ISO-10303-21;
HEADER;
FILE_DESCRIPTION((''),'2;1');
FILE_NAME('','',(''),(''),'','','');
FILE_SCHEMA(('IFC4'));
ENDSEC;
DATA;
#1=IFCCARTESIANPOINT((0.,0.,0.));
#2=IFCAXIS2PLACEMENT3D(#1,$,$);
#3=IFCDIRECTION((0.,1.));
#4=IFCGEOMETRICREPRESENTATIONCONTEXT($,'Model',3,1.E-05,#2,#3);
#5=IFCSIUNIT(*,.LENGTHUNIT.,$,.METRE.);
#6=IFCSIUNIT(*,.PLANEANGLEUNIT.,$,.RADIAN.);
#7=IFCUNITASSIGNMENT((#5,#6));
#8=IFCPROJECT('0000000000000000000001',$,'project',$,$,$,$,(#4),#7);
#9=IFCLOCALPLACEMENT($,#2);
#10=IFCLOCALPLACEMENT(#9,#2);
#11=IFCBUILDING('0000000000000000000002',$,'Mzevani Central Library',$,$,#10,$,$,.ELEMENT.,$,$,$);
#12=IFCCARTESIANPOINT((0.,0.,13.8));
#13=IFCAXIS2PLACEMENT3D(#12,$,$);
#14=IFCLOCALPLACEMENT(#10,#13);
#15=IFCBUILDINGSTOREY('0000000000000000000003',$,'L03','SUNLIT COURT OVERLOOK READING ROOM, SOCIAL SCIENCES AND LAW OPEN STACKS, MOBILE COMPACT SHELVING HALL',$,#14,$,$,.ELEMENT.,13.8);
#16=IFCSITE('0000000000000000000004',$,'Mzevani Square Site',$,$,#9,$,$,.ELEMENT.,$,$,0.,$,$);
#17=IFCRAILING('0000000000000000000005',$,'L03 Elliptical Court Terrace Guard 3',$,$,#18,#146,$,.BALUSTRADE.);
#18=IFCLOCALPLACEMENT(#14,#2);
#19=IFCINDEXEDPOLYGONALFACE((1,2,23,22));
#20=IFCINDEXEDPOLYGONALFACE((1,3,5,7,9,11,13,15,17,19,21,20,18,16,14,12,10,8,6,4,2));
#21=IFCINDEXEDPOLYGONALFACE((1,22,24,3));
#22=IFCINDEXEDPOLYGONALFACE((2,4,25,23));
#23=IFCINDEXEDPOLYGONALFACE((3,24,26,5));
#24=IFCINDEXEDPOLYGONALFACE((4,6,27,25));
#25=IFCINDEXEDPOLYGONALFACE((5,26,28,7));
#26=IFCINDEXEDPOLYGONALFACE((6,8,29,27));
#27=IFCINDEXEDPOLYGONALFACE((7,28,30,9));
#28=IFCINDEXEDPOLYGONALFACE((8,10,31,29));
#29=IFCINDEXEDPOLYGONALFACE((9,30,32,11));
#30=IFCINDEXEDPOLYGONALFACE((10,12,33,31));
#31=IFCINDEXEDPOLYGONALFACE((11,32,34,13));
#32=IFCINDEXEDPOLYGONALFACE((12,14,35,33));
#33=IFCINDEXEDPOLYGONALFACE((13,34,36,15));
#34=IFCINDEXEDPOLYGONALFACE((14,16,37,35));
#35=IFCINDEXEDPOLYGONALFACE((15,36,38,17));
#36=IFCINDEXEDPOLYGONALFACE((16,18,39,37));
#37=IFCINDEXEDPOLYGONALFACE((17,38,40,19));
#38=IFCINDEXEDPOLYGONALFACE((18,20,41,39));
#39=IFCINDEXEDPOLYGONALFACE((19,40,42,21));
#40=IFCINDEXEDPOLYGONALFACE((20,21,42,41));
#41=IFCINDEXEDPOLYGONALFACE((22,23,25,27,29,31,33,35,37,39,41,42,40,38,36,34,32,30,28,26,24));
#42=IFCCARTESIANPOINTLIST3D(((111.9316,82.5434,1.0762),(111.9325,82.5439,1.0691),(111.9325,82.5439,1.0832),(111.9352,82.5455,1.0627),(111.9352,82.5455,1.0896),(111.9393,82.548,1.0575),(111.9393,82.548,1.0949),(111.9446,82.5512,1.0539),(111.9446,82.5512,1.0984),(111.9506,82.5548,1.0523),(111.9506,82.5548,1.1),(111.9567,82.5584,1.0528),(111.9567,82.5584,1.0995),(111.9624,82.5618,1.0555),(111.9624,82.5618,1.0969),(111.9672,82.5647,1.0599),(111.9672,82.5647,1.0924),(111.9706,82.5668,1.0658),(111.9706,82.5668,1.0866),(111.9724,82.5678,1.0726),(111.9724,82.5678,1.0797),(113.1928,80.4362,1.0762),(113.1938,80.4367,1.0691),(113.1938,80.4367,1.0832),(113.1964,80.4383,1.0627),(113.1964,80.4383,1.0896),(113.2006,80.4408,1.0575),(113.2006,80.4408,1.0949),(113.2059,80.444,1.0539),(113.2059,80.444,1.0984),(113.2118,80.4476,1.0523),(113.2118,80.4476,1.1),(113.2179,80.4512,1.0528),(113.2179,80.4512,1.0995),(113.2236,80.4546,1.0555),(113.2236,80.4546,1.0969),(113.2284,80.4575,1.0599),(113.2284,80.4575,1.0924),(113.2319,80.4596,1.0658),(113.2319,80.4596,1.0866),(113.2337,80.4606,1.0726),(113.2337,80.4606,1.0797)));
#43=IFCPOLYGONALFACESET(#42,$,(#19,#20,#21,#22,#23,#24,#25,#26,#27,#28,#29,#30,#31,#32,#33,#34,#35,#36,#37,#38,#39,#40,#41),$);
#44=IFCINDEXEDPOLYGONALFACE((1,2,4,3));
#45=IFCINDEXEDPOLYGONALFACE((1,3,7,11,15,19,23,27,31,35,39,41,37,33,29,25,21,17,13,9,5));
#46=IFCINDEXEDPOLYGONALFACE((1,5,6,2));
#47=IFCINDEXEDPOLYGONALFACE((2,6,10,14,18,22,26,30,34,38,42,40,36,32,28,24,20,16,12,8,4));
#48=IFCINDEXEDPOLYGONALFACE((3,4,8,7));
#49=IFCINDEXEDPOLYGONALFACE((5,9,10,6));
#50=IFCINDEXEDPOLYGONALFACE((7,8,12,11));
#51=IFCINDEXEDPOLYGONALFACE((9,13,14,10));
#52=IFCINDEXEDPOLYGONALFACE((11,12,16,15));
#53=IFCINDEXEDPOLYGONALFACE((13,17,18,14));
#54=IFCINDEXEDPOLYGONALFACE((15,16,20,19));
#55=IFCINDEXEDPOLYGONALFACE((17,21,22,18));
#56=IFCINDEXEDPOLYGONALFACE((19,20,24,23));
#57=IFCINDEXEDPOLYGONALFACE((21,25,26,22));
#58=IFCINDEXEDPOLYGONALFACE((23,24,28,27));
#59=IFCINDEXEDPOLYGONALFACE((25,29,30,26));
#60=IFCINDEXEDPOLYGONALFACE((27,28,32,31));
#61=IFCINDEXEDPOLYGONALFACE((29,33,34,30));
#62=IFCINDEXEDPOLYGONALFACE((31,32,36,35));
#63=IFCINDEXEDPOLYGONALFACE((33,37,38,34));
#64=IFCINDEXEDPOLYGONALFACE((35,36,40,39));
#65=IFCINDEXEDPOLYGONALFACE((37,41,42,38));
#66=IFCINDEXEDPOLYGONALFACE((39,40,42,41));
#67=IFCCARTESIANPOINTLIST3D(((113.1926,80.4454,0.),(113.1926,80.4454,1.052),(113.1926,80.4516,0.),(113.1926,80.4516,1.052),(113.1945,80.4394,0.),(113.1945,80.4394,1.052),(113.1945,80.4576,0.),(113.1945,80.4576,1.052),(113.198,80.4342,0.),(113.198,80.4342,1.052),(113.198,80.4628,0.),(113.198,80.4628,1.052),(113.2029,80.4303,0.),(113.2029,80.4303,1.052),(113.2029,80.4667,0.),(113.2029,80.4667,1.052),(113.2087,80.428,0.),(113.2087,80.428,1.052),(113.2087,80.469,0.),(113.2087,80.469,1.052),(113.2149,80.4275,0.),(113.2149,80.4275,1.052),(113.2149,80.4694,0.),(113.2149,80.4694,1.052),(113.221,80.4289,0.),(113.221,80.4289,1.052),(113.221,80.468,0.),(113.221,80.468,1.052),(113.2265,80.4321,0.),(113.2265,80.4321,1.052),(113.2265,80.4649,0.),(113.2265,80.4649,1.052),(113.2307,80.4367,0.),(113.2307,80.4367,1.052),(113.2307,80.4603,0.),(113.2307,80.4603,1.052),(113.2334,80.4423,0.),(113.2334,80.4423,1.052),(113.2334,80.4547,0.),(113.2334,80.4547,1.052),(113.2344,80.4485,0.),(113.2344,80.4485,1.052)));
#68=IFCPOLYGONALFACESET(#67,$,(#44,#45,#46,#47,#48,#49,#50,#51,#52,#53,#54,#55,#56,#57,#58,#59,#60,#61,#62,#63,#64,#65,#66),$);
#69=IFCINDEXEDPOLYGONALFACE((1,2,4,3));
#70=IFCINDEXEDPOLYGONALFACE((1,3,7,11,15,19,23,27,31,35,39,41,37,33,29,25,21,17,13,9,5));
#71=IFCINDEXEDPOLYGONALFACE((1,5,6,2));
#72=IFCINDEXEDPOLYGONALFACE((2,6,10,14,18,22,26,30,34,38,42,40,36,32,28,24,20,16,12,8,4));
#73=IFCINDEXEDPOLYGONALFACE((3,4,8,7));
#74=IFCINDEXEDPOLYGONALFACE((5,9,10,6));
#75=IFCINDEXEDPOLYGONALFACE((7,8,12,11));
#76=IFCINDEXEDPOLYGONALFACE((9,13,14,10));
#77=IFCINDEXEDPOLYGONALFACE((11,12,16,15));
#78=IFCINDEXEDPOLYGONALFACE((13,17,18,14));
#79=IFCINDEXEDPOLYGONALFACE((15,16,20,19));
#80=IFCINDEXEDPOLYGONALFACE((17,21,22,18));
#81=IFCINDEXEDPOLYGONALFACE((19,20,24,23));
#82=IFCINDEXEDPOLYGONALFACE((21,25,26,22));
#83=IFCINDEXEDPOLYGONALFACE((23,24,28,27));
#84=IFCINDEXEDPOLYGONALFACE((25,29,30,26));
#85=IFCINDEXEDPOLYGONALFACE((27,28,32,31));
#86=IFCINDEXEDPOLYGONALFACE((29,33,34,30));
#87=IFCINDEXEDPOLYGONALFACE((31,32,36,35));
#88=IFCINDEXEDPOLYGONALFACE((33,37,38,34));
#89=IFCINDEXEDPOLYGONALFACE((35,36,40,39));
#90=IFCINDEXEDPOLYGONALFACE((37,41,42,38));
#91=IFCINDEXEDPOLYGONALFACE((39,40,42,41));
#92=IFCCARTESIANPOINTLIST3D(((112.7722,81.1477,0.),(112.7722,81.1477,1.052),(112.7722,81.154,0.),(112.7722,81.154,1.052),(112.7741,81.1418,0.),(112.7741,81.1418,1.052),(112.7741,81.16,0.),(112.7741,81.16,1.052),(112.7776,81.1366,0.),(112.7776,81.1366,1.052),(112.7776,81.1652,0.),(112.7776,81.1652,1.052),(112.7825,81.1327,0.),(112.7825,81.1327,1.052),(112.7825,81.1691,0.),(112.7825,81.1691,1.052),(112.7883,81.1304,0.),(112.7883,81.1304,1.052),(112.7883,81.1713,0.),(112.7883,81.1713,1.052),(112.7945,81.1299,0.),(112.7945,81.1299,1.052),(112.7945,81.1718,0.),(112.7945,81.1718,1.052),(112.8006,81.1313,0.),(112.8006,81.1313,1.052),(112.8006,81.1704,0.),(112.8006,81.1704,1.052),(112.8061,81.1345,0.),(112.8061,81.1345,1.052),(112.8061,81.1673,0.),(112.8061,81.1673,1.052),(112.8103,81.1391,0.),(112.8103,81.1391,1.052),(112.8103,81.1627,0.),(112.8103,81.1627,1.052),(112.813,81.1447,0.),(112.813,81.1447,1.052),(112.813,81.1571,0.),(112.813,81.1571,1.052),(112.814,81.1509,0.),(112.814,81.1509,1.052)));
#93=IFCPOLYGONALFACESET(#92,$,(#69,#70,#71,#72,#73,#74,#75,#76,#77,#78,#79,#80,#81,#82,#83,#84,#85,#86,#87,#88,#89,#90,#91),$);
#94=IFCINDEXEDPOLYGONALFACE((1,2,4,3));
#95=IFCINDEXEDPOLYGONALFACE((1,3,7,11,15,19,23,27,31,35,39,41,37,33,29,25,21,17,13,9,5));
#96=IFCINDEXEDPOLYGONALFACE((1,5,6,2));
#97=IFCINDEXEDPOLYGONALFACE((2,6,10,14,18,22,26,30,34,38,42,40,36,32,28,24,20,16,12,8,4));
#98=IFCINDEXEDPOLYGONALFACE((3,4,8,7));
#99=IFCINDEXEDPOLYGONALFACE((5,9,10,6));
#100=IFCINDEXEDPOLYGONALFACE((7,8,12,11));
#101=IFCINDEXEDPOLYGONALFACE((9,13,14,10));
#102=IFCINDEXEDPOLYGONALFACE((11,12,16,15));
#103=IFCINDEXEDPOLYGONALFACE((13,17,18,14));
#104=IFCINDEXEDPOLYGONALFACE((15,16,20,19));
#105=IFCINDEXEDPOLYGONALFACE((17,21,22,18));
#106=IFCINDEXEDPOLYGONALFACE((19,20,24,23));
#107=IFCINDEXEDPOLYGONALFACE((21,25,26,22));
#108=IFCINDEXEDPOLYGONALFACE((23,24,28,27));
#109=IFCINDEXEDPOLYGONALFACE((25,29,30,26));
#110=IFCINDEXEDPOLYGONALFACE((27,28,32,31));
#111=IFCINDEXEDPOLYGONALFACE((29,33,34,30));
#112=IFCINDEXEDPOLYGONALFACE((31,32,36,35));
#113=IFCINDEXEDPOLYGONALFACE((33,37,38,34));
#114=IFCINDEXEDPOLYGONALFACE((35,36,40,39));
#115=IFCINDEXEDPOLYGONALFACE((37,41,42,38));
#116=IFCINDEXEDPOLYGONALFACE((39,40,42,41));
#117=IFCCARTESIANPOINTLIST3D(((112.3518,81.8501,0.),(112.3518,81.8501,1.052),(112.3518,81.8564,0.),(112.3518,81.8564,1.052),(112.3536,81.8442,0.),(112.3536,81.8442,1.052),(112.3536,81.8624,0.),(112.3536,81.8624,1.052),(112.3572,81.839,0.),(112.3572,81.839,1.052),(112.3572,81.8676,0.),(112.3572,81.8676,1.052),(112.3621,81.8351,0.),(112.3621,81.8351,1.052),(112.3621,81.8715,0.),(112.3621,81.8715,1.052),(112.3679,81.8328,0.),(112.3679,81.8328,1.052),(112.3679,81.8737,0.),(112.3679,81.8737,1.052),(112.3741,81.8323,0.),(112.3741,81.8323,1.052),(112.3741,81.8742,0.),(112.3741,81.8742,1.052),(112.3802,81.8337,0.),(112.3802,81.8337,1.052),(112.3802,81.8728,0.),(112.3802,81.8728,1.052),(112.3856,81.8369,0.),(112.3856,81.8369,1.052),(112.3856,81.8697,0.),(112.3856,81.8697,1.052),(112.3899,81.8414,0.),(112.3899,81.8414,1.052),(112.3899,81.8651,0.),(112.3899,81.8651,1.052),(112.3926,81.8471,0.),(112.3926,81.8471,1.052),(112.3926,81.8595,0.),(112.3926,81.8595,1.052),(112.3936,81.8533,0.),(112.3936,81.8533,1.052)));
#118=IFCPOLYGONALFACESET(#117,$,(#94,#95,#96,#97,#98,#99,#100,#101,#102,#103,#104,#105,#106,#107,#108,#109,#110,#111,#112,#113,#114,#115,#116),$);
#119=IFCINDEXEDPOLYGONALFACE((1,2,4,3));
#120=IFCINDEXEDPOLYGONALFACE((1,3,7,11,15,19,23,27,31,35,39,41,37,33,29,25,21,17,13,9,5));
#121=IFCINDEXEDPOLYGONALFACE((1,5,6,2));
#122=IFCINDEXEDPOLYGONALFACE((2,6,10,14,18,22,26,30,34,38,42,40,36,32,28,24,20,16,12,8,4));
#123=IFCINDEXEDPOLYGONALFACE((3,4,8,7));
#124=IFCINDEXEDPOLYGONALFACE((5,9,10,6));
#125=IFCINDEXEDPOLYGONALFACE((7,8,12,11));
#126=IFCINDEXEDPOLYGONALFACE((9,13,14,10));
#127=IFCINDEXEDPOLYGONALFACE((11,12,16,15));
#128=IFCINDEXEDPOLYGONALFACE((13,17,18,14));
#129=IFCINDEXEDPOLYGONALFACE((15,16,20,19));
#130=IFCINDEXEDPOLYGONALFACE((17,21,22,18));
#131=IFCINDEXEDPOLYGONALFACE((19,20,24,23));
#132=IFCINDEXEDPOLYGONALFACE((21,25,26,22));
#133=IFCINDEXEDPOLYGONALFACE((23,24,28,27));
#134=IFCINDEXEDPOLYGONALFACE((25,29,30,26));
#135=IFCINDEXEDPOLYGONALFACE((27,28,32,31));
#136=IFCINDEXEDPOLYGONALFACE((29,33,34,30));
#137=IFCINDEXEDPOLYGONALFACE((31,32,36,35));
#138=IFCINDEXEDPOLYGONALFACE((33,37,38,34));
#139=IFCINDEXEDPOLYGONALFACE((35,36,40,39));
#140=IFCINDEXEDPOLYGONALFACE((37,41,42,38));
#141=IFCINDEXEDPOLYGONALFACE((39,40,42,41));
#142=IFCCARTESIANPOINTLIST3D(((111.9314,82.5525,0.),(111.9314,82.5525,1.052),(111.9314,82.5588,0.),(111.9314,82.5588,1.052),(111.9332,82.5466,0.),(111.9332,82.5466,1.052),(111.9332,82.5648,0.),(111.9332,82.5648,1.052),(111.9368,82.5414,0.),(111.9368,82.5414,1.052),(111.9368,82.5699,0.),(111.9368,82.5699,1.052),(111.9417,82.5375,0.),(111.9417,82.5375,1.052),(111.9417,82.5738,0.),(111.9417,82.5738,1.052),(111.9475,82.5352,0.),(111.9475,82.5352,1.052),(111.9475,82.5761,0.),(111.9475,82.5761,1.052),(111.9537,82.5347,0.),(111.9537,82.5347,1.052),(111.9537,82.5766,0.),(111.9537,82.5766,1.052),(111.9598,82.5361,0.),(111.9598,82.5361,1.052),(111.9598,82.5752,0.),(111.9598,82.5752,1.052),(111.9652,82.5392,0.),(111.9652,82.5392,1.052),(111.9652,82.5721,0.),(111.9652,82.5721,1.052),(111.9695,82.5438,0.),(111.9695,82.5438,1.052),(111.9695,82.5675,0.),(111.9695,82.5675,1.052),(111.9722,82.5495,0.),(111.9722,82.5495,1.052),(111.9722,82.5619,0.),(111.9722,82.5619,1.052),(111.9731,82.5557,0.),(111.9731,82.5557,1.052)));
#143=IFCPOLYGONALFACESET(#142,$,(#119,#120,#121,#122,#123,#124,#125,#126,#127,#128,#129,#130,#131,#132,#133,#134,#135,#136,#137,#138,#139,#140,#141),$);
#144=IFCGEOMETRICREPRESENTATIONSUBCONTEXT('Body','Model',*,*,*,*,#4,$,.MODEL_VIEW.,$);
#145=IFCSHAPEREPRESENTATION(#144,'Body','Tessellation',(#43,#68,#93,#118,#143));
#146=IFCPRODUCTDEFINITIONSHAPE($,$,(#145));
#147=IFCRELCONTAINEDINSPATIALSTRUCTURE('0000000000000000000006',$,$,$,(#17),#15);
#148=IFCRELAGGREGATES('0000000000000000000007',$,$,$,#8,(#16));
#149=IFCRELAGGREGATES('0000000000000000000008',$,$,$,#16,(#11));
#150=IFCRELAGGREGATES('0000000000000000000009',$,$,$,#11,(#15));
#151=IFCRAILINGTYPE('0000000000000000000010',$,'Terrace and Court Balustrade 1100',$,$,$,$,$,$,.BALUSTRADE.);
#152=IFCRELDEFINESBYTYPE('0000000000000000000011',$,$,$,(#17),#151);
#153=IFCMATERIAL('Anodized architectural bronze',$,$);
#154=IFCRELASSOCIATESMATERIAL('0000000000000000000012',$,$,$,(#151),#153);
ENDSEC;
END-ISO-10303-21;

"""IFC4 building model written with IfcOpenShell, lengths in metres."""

from ifc_helpers import new_model, si_unit, direction, frame, origin, origin_2d, place, context, subcontext, project, spatial, circle, extrude, material, type_object, element, save


model = new_model("IFC4")

# Units and contexts
model_context = context("Model", 3, precision=1e-05, world=origin(), true_north=direction((0.0, 1.0)))
body_context = subcontext(model_context, "Body", "Model", "MODEL_VIEW")
ifc_project = project(units=[si_unit("LENGTHUNIT", "METRE"), si_unit("PLANEANGLEUNIT", "RADIAN")], contexts=[model_context])

# Site, building, storey
site_placement = place(None, origin())
site = spatial("IfcSite", under=ifc_project, at=site_placement, Name="Mzevani Square Site", CompositionType="ELEMENT", RefElevation=0.0)
building_placement = place(site_placement, origin())
building = spatial("IfcBuilding", under=site, at=building_placement, Name="Mzevani Central Library", CompositionType="ELEMENT")
storey_placement = place(building_placement, frame((0.0, 0.0, 13.8)))
storey = spatial("IfcBuildingStorey", under=building, at=storey_placement, Name="L03", Description="SUNLIT COURT OVERLOOK READING ROOM, SOCIAL SCIENCES AND LAW OPEN STACKS, MOBILE COMPACT SHELVING HALL", CompositionType="ELEMENT", Elevation=13.8)

# Railing
ifc_material_1 = material(Name="Anodized architectural bronze")
railing_type = type_object("IfcRailingType", Name="Terrace and Court Balustrade 1100", PredefinedType="BALUSTRADE", material=ifc_material_1)
railing_1_placement = place(storey_placement, frame((113.2134, 80.4485, 0.0)))
element("IfcRailing", 1, at=railing_1_placement, inside=storey, type_object=railing_type, Name="L03 Elliptical Court Terrace Guard 3", PredefinedType="BALUSTRADE", context=body_context, shape_type="SweptSolid", body=[
    extrude(circle(Radius=0.0239, at=origin_2d()), frame((0.0, 0.0, 1.0762), z_axis=(-0.513574, 0.858045, 0.0), x_axis=(-0.858045, -0.513574, 0.0)), (0.0, 0.0, 1.0), 2.4558),
    extrude(circle(Radius=0.021, at=origin_2d()), origin(), (0.0, 0.0, 1.0), 1.052),
    extrude(circle(Radius=0.021, at=origin_2d()), frame((-0.4204, 0.7024, 0.0)), (0.0, 0.0, 1.0), 1.052),
    extrude(circle(Radius=0.021, at=origin_2d()), frame((-0.8408, 1.4048, 0.0)), (0.0, 0.0, 1.0), 1.052),
    extrude(circle(Radius=0.021, at=origin_2d()), frame((-1.2612, 2.1072, 0.0)), (0.0, 0.0, 1.0), 1.052),
])

save(model, "model.ifc")
